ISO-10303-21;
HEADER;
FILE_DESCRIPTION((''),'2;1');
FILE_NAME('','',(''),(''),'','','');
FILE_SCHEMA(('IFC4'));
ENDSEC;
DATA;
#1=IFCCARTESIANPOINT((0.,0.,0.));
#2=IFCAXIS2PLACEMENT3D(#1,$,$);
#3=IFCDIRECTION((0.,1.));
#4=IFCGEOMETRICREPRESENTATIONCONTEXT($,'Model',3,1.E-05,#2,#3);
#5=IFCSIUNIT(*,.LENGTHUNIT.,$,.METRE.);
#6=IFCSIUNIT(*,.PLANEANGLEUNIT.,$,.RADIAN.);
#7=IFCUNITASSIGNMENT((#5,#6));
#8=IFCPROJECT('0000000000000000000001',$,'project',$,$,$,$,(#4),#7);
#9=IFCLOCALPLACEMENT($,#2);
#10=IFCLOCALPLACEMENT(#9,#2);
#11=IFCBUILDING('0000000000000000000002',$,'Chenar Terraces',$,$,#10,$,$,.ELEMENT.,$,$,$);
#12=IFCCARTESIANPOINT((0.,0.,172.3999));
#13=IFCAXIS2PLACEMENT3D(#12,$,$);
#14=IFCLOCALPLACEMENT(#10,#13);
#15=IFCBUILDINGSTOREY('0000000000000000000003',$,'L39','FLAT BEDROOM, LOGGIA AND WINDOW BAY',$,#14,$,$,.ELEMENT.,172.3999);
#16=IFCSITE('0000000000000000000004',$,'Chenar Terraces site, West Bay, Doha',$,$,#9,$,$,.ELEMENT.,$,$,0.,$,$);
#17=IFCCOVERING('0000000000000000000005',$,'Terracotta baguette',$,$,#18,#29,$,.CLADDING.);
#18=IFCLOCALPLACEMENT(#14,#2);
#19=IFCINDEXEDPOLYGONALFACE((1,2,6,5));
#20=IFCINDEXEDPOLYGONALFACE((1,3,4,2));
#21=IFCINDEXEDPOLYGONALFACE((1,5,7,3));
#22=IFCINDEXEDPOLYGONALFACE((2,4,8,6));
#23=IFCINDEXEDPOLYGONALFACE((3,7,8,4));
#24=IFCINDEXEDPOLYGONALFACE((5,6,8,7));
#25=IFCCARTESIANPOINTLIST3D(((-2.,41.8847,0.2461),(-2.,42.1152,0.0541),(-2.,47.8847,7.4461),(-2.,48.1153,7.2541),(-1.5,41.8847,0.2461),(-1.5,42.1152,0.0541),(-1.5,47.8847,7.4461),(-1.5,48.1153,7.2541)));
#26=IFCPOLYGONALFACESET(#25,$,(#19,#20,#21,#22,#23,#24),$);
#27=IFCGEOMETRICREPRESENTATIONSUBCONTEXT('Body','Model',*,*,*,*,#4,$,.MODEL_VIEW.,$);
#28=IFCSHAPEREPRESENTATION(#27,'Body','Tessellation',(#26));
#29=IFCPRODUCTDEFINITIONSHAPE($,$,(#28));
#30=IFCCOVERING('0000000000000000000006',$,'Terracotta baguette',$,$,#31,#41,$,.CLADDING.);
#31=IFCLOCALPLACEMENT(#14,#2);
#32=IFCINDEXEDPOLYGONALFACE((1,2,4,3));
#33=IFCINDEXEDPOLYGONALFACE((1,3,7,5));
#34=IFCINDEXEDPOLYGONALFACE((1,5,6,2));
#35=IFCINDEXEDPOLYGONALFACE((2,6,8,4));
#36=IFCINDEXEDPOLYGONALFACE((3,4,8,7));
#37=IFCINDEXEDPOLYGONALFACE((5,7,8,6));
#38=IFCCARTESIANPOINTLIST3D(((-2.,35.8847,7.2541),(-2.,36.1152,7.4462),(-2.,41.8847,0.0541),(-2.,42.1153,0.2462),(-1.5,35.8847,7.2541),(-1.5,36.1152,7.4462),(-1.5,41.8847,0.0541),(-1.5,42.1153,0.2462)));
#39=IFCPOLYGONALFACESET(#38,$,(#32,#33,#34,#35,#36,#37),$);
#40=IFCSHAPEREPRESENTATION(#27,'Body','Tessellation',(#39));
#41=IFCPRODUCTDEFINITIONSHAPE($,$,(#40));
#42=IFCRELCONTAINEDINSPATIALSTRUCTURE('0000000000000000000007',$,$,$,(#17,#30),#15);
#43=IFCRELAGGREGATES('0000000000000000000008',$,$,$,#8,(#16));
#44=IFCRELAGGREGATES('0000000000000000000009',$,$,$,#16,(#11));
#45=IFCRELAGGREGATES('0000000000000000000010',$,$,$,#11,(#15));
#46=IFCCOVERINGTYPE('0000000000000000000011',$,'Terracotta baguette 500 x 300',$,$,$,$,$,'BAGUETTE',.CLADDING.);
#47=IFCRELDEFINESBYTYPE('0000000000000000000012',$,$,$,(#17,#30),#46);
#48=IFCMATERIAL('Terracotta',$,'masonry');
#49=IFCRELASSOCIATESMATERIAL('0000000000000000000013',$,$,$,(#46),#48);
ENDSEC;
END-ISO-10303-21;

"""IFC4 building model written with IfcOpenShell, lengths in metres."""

from ifc_helpers import new_model, si_unit, direction, frame, origin, origin_2d, place, context, subcontext, project, spatial, rectangle, extrude, material, material_profile, profile_set, type_object, element, save


model = new_model("IFC4")

# Units and contexts
model_context = context("Model", 3, precision=1e-05, world=origin(), true_north=direction((0.0, 1.0)))
body_context = subcontext(model_context, "Body", "Model", "MODEL_VIEW")
ifc_project = project(units=[si_unit("LENGTHUNIT", "METRE"), si_unit("PLANEANGLEUNIT", "RADIAN")], contexts=[model_context])

# Site, building, storey
site_placement = place(None, origin())
site = spatial("IfcSite", under=ifc_project, at=site_placement, Name="Chenar Terraces site, West Bay, Doha", CompositionType="ELEMENT", RefElevation=0.0)
building_placement = place(site_placement, origin())
building = spatial("IfcBuilding", under=site, at=building_placement, Name="Chenar Terraces", CompositionType="ELEMENT")
storey_placement = place(building_placement, frame((0.0, 0.0, 172.3999)))
storey = spatial("IfcBuildingStorey", under=building, at=storey_placement, Name="L39", Description="FLAT BEDROOM, LOGGIA AND WINDOW BAY", CompositionType="ELEMENT", Elevation=172.3999)

# Coverings
ifc_material_1 = material(Name="Terracotta", Category="masonry")
ifc_material_profile_1 = material_profile(ifc_material_1, rectangle(XDim=0.5, YDim=0.3, at=origin_2d()), Name="Terracotta baguette 500 x 300")
ifc_profile_set_1 = profile_set([ifc_material_profile_1], Name="Terracotta")
covering_type = type_object("IfcCoveringType", Name="Terracotta baguette 500 x 300", ElementType="BAGUETTE", PredefinedType="CLADDING", material=ifc_profile_set_1)
for number, where, z_axis, x_axis, name in (
    (1, (-1.75, 48.0, 7.3501), (0.0, -0.640187, -0.768219), (1.0, 0.0, 0.0), "Terracotta baguette"),
    (2, (-1.75, 42.0, 0.1501), (0.0, -0.640187, 0.768219), (1.0, 0.0, 0.0), "Terracotta baguette"),
):
    element("IfcCovering", number, at=place(storey_placement, frame(where, z_axis=z_axis, x_axis=x_axis)), inside=storey, type_object=covering_type, Name=name, PredefinedType="CLADDING", context=body_context, shape_type="SweptSolid", body=[
        extrude(rectangle(XDim=0.5, YDim=0.3, at=origin_2d()), origin(), (0.0, 0.0, 1.0), 9.3723),
    ])

save(model, "model.ifc")
